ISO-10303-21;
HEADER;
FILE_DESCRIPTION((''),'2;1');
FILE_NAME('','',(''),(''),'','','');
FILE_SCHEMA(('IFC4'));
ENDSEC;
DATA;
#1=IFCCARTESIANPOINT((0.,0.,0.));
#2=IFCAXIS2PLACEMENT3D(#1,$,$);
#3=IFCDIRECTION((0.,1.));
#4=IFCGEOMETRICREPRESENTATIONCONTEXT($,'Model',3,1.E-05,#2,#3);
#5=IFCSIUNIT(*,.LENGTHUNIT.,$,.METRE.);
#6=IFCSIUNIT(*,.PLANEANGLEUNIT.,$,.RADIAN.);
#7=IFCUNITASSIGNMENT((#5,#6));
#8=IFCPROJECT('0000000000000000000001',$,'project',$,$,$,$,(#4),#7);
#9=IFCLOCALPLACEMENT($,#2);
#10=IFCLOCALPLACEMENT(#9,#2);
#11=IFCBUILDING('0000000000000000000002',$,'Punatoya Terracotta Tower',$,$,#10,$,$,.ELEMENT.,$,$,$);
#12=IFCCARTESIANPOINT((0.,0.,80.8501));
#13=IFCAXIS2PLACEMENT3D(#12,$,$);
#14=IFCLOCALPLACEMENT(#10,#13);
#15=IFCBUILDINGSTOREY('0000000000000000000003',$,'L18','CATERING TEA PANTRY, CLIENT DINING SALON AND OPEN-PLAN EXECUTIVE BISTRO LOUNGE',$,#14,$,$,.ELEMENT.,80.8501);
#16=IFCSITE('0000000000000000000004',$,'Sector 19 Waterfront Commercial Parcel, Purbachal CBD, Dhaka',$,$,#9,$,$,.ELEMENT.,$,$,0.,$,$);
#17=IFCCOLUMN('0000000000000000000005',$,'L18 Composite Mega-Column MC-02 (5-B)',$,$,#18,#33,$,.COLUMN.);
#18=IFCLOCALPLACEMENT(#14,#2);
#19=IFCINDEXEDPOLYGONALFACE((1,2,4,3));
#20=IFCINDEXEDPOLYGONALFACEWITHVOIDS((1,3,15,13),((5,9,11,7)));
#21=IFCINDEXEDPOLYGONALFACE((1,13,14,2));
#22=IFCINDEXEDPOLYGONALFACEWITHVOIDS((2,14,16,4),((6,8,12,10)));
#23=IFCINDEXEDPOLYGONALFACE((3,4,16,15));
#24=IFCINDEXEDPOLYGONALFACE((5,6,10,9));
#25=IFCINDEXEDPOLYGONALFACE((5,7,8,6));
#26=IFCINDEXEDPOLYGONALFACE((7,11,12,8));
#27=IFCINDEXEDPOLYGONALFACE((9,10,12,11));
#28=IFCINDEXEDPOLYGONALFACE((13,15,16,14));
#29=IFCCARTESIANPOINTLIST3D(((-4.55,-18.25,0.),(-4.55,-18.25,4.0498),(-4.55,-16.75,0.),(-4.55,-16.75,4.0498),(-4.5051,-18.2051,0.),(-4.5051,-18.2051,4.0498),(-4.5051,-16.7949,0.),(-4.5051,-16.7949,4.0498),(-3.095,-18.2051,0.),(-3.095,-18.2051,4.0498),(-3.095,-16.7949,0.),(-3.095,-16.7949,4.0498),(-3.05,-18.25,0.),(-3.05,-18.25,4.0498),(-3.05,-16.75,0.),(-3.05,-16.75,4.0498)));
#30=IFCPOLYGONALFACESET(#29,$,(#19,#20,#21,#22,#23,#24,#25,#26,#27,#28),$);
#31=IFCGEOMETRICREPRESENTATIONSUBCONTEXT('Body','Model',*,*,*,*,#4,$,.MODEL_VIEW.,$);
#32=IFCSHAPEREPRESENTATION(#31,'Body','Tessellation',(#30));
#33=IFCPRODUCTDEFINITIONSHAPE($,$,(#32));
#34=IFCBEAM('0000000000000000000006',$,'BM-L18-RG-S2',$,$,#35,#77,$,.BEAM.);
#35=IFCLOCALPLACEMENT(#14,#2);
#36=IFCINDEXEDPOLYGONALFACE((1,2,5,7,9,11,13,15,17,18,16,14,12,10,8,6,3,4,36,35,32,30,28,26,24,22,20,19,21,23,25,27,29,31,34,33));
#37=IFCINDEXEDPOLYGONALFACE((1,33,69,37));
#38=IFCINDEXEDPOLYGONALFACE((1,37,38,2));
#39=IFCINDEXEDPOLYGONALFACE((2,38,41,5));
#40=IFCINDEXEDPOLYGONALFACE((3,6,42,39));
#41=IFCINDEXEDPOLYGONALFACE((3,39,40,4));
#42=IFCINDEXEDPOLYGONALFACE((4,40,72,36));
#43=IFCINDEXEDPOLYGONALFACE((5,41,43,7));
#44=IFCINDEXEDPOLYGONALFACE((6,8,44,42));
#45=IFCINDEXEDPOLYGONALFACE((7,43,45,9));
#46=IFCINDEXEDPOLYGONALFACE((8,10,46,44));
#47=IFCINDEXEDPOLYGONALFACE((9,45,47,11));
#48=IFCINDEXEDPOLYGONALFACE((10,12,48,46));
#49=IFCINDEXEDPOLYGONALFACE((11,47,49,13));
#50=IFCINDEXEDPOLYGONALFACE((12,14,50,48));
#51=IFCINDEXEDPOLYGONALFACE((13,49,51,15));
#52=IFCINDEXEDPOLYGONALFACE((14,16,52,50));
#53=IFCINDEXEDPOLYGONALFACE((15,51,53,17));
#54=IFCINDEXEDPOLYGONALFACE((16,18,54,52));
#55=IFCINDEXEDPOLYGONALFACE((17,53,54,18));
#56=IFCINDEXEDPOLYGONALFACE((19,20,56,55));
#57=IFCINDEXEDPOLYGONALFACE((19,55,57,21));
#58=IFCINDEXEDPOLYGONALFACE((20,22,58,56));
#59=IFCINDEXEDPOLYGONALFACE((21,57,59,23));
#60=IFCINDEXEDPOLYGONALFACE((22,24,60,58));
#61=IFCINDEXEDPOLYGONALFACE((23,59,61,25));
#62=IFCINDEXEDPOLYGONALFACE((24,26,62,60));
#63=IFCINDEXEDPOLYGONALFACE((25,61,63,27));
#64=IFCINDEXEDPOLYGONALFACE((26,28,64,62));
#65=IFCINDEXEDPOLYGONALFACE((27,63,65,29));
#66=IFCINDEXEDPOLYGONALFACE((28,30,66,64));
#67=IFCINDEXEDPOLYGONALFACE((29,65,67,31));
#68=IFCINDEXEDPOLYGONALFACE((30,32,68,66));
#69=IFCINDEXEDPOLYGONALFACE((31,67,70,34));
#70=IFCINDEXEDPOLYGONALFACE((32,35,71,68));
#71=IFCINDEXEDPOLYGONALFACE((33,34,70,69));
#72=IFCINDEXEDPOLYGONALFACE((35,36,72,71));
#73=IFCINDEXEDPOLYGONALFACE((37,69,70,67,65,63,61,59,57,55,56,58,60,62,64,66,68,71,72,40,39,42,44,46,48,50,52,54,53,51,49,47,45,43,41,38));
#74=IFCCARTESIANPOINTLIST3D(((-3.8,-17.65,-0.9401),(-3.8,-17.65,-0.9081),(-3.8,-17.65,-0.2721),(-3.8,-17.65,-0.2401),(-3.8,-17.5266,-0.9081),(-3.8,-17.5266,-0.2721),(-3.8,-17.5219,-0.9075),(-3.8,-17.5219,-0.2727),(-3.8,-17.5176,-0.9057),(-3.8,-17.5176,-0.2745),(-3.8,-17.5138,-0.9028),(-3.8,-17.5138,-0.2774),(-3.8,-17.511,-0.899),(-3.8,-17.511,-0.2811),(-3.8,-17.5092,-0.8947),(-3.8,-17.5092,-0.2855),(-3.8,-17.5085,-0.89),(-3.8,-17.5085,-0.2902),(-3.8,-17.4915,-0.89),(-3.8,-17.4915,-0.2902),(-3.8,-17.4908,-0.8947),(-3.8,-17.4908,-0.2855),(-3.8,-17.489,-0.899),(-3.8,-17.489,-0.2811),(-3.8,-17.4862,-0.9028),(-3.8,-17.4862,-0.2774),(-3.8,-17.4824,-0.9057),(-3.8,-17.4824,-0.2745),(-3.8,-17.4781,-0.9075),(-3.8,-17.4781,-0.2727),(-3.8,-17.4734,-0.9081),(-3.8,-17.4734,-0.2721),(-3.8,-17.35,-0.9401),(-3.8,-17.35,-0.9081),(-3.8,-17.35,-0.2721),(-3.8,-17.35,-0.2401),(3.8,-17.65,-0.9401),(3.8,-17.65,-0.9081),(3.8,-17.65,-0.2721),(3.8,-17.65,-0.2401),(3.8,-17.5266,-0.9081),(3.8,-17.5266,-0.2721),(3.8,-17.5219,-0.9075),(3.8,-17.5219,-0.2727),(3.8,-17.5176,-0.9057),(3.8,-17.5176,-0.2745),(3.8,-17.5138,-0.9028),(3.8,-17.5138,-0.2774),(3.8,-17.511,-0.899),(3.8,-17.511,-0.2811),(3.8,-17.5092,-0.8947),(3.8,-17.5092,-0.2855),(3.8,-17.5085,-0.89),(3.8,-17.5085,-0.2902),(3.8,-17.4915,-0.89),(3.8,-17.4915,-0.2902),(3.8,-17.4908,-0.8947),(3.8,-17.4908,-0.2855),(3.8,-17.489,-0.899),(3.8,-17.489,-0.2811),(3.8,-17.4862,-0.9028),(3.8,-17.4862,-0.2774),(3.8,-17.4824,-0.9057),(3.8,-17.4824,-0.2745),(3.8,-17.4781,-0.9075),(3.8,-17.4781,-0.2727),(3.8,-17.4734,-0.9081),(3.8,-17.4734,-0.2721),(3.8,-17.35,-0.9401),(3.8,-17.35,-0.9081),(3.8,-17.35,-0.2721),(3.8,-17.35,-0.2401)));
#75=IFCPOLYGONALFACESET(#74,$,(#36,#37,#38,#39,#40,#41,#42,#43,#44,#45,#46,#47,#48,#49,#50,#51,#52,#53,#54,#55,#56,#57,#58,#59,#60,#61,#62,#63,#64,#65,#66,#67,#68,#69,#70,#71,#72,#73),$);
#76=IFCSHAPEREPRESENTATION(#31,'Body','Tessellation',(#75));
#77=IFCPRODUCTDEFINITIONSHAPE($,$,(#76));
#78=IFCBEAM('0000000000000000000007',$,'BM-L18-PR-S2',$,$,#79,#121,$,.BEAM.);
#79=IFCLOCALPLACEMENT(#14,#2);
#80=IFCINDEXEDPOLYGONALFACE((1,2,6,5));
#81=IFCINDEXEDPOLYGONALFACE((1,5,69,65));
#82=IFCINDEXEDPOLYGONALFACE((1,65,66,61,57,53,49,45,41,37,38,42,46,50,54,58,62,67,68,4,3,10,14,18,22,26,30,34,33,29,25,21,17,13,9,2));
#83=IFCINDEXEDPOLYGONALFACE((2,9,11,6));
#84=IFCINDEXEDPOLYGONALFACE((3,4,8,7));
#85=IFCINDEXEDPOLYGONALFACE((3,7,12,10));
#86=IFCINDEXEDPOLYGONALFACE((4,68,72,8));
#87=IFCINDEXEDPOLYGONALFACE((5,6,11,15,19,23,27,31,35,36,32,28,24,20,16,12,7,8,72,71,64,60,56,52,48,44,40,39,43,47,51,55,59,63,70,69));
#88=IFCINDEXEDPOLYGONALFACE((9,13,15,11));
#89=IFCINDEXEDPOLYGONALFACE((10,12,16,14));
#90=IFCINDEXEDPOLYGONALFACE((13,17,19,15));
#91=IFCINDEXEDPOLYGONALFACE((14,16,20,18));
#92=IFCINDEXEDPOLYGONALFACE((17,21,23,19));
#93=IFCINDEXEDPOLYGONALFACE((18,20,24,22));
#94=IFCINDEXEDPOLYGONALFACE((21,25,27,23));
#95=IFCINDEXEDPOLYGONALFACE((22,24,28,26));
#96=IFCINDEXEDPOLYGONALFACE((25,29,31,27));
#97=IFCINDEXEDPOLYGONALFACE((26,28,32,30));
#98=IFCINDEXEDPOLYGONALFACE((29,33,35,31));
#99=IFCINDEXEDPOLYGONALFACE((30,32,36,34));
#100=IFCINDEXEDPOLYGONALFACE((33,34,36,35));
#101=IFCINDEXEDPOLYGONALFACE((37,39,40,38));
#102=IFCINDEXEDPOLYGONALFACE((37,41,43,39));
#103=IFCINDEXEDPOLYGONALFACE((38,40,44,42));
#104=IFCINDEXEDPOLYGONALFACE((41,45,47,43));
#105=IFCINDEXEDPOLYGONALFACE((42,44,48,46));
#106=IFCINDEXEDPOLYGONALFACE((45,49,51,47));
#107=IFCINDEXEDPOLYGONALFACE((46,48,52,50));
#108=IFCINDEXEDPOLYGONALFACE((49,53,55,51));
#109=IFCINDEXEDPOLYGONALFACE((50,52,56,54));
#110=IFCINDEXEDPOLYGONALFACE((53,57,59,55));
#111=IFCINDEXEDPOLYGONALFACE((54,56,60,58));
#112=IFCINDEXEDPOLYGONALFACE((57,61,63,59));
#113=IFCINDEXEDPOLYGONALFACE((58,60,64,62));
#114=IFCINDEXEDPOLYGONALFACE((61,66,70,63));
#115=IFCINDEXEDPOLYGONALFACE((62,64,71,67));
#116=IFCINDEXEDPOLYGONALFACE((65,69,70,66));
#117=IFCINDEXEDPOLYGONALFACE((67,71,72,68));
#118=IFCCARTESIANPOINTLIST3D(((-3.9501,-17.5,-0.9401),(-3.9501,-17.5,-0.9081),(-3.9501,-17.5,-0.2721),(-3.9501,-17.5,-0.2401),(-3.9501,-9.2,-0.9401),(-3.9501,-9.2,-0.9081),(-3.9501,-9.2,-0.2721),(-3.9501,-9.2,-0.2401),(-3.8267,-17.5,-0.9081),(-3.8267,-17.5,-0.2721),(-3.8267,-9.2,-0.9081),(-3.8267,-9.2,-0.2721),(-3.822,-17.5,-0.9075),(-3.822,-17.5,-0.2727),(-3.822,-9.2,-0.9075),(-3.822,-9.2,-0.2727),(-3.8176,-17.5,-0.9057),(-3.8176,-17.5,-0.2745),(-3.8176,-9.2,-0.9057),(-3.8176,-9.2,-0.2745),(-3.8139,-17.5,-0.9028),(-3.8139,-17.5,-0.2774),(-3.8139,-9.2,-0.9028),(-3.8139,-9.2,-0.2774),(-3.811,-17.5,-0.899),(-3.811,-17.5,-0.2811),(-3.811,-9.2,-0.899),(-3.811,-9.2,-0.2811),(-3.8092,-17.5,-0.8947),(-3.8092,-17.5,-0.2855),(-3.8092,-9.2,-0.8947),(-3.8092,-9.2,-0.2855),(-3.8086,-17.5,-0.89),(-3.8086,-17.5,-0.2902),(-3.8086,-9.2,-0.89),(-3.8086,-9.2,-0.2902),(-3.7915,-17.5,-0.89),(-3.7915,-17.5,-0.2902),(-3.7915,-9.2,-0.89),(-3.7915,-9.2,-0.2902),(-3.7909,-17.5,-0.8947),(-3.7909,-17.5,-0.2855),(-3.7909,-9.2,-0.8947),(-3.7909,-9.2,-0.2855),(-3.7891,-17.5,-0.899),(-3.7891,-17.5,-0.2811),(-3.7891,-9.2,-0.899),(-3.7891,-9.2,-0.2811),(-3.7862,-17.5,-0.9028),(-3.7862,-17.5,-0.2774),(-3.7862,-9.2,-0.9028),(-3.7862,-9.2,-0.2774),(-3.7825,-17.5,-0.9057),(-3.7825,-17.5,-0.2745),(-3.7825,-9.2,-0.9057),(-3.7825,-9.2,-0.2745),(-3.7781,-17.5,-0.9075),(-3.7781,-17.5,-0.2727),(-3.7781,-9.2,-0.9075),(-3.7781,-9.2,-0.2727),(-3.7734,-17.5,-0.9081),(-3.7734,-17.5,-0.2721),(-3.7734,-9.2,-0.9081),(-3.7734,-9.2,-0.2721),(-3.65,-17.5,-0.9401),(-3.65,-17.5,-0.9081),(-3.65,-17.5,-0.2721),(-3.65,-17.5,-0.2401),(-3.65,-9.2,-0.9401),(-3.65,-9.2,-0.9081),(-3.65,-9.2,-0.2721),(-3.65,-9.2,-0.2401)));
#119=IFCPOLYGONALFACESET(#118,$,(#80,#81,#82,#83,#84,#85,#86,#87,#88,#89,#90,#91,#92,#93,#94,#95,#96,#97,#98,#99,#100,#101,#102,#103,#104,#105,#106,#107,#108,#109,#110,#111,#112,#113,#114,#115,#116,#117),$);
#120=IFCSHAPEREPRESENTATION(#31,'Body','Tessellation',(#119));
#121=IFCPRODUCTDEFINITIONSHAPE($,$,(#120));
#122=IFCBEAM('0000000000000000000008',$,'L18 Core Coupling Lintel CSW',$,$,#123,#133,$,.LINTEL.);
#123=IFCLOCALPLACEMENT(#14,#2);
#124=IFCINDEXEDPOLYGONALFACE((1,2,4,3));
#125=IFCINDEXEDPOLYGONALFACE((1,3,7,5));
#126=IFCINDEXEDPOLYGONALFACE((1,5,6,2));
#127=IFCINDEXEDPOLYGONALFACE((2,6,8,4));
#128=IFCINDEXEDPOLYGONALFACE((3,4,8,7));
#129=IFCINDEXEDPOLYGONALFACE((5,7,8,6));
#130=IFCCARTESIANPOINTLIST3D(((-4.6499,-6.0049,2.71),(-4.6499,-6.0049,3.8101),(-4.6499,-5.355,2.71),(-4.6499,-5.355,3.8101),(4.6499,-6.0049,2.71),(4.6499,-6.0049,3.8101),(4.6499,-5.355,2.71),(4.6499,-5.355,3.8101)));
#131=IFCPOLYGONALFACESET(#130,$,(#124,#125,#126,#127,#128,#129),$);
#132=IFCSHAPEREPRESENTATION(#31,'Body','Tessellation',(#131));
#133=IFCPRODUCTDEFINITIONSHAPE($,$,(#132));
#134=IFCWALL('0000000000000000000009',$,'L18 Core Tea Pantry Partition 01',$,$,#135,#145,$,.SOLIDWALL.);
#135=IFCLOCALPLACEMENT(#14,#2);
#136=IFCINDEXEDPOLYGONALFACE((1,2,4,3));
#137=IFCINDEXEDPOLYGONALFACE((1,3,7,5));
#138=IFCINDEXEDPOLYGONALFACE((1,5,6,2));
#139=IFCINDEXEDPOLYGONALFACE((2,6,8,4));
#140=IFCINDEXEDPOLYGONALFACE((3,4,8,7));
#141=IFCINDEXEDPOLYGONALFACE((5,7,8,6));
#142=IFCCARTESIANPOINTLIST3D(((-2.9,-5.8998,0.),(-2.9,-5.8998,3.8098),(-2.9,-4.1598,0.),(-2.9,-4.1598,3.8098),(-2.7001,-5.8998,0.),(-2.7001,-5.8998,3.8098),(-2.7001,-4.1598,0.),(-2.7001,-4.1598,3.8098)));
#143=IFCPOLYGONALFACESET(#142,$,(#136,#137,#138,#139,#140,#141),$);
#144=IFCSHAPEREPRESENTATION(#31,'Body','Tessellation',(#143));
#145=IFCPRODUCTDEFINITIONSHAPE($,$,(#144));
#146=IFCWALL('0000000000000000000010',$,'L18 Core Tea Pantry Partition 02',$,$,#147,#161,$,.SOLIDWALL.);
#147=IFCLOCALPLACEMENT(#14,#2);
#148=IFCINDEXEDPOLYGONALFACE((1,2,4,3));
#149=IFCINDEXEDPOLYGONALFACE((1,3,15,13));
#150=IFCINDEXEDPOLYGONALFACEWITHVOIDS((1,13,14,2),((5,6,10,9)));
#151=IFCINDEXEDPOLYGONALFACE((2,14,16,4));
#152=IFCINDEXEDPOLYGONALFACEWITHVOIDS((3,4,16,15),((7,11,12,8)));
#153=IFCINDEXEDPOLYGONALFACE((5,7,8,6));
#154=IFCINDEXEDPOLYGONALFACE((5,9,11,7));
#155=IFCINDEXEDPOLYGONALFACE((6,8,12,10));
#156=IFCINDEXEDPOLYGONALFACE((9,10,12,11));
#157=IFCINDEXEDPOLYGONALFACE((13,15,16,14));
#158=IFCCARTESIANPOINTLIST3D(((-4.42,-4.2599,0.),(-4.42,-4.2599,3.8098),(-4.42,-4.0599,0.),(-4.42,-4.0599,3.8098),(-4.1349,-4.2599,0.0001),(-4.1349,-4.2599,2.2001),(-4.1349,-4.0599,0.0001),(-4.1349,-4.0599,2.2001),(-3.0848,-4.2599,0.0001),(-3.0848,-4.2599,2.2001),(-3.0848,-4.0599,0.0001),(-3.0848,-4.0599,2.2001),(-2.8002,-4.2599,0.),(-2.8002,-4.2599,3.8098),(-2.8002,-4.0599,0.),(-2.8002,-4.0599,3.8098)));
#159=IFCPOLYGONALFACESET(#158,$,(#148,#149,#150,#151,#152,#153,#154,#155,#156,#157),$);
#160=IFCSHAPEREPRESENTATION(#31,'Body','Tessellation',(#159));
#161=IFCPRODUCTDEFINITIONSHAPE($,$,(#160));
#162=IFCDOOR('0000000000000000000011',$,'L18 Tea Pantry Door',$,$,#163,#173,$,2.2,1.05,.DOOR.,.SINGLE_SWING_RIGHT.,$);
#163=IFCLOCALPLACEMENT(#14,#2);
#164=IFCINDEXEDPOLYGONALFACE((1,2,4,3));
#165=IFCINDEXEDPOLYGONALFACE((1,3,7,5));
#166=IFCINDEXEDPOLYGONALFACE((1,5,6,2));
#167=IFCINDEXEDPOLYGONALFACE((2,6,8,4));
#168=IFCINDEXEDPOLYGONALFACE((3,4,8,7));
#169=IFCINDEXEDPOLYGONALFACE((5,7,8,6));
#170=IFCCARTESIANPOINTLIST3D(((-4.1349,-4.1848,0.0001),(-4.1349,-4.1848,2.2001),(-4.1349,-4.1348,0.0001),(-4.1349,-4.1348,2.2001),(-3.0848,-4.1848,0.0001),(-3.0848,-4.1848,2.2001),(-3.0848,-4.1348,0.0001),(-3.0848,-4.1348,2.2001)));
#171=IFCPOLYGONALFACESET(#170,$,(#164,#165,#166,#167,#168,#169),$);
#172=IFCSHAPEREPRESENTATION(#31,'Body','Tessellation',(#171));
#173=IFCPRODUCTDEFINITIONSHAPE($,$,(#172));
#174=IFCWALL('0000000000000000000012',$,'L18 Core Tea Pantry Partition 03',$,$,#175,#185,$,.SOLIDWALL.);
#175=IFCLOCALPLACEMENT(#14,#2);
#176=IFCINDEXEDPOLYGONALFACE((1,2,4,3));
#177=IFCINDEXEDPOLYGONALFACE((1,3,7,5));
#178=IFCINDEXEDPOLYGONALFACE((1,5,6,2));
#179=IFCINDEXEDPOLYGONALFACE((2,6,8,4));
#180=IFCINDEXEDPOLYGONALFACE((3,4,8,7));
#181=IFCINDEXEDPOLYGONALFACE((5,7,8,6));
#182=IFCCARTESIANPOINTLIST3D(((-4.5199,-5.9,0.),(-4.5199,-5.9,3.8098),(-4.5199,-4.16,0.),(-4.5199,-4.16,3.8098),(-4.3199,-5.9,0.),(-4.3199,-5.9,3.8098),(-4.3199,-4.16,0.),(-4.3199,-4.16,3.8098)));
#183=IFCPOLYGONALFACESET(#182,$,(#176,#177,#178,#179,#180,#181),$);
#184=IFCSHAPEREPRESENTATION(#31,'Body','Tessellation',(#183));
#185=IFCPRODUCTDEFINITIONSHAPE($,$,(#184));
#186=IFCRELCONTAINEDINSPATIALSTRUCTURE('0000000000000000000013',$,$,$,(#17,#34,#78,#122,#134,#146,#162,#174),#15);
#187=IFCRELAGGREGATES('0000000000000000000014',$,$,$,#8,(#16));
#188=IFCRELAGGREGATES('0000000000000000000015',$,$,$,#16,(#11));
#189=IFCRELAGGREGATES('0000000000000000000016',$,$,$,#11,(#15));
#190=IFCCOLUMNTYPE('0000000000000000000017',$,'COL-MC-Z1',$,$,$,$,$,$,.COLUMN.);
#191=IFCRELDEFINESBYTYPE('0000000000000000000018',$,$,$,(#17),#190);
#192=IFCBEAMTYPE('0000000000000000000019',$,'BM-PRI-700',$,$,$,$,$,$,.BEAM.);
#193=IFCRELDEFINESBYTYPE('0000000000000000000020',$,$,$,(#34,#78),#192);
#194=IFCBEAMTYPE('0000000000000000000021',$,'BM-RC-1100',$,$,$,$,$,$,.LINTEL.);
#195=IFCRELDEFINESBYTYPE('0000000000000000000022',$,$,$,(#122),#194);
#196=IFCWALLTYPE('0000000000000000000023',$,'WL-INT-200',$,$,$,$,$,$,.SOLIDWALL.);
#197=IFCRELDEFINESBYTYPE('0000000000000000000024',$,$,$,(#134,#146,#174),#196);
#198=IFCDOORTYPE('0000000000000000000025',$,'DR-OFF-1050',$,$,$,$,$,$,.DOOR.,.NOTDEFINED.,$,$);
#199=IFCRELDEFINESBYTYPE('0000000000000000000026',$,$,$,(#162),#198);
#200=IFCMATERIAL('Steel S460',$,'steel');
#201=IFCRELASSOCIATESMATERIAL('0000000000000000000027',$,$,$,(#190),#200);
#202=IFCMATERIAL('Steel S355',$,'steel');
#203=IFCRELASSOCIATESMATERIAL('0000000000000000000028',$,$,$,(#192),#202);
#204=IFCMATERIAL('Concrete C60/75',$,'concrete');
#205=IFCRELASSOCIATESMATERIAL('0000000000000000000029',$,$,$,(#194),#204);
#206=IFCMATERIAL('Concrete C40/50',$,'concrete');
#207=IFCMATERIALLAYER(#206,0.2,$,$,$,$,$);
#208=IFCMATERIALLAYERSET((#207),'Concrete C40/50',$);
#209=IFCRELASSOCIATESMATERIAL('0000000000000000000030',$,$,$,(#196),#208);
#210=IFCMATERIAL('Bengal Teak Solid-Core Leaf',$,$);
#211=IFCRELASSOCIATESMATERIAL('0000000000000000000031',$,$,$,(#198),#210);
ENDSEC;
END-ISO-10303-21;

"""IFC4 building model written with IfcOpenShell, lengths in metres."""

from ifc_helpers import new_model, si_unit, direction, frame, frame_2d, origin, origin_2d, place, context, subcontext, project, spatial, rectangle, hollow_rectangle, i_section, extrude, material, layer, layer_set, material_profile, profile_set, type_object, element, fill, save


model = new_model("IFC4")

# Units and contexts
model_context = context("Model", 3, precision=1e-05, world=origin(), true_north=direction((0.0, 1.0)))
body_context = subcontext(model_context, "Body", "Model", "MODEL_VIEW")
ifc_project = project(units=[si_unit("LENGTHUNIT", "METRE"), si_unit("PLANEANGLEUNIT", "RADIAN")], contexts=[model_context])

# Site, building, storey
site_placement = place(None, origin())
site = spatial("IfcSite", under=ifc_project, at=site_placement, Name="Sector 19 Waterfront Commercial Parcel, Purbachal CBD, Dhaka", CompositionType="ELEMENT", RefElevation=0.0)
building_placement = place(site_placement, origin())
building = spatial("IfcBuilding", under=site, at=building_placement, Name="Punatoya Terracotta Tower", CompositionType="ELEMENT")
storey_placement = place(building_placement, frame((0.0, 0.0, 80.8501)))
storey = spatial("IfcBuildingStorey", under=building, at=storey_placement, Name="L18", Description="CATERING TEA PANTRY, CLIENT DINING SALON AND OPEN-PLAN EXECUTIVE BISTRO LOUNGE", CompositionType="ELEMENT", Elevation=80.8501)

# Column
ifc_material_1 = material(Name="Steel S460", Category="steel")
ifc_material_profile_1 = material_profile(ifc_material_1, hollow_rectangle(XDim=1.5, YDim=1.5, WallThickness=0.0449, at=origin_2d()))
ifc_profile_set_1 = profile_set([ifc_material_profile_1], Name="Steel S460")
column_type = type_object("IfcColumnType", Name="COL-MC-Z1", PredefinedType="COLUMN", material=ifc_profile_set_1)
column_placement = place(storey_placement, frame((-3.8, -17.5, 0.0), z_axis=(0.0, 0.0, 1.0), x_axis=(1.0, 0.0, 0.0)))
element("IfcColumn", 1, at=column_placement, inside=storey, type_object=column_type, Name="L18 Composite Mega-Column MC-02 (5-B)", PredefinedType="COLUMN", context=body_context, shape_type="SweptSolid", body=[
    extrude(hollow_rectangle(XDim=1.5, YDim=1.5, WallThickness=0.0449, at=origin_2d()), origin(), (0.0, 0.0, 1.0), 4.0498),
])

# Beams
ifc_material_2 = material(Name="Steel S355", Category="steel")
ifc_material_profile_2 = material_profile(ifc_material_2, i_section(OverallWidth=0.3, OverallDepth=0.7, WebThickness=0.0171, FlangeThickness=0.032, FilletRadius=0.0181, at=origin_2d()))
ifc_profile_set_2 = profile_set([ifc_material_profile_2], Name="Steel S355")
beam_type_1 = type_object("IfcBeamType", Name="BM-PRI-700", PredefinedType="BEAM", material=ifc_profile_set_2)
beam_1_placement = place(storey_placement, frame((-3.8, -17.5, -0.5901), z_axis=(1.0, 0.0, 0.0), x_axis=(0.0, 1.0, 0.0)))
element("IfcBeam", 2, at=beam_1_placement, inside=storey, type_object=beam_type_1, Name="BM-L18-RG-S2", PredefinedType="BEAM", context=body_context, shape_type="SweptSolid", body=[
    extrude(i_section(OverallWidth=0.3, OverallDepth=0.7, WebThickness=0.0171, FlangeThickness=0.032, FilletRadius=0.0181, at=origin_2d()), origin(), (0.0, 0.0, 1.0), 7.6001),
])
beam_2_placement = place(storey_placement, frame((-3.8, -17.5, -0.5901), z_axis=(0.0, 1.0, 0.0), x_axis=(-1.0, 0.0, 0.0)))
element("IfcBeam", 3, at=beam_2_placement, inside=storey, type_object=beam_type_1, Name="BM-L18-PR-S2", PredefinedType="BEAM", context=body_context, shape_type="SweptSolid", body=[
    extrude(i_section(OverallWidth=0.3, OverallDepth=0.7, WebThickness=0.0171, FlangeThickness=0.032, FilletRadius=0.0181, at=origin_2d()), origin(), (0.0, 0.0, 1.0), 8.3),
])
ifc_material_3 = material(Name="Concrete C60/75", Category="concrete")
ifc_material_profile_3 = material_profile(ifc_material_3, rectangle(XDim=0.6499, YDim=1.1001, at=origin_2d()))
ifc_profile_set_3 = profile_set([ifc_material_profile_3], Name="Concrete C60/75")
beam_type_2 = type_object("IfcBeamType", Name="BM-RC-1100", PredefinedType="LINTEL", material=ifc_profile_set_3)
beam_3_placement = place(storey_placement, frame((-4.6499, -5.6799, 3.26), z_axis=(1.0, 0.0, 0.0), x_axis=(0.0, 1.0, 0.0)))
element("IfcBeam", 4, at=beam_3_placement, inside=storey, type_object=beam_type_2, Name="L18 Core Coupling Lintel CSW", PredefinedType="LINTEL", context=body_context, shape_type="SweptSolid", body=[
    extrude(rectangle(XDim=0.6499, YDim=1.1001, at=origin_2d()), origin(), (0.0, 0.0, 1.0), 9.2998),
])

# Wall
ifc_material_4 = material(Name="Concrete C40/50", Category="concrete")
ifc_layer_1 = layer(ifc_material_4, 0.2)
ifc_layer_set_1 = layer_set([ifc_layer_1], Name="Concrete C40/50")
wall_type_1 = type_object("IfcWallType", Name="WL-INT-200", PredefinedType="SOLIDWALL", material=ifc_layer_set_1)
wall_1_placement = place(storey_placement, frame((-2.8, -5.8999, 0.0), z_axis=(0.0, 0.0, 1.0), x_axis=(0.0, 1.0, 0.0)))
element("IfcWall", 5, at=wall_1_placement, inside=storey, type_object=wall_type_1, Name="L18 Core Tea Pantry Partition 01", PredefinedType="SOLIDWALL", context=body_context, shape_type="SweptSolid", body=[
    extrude(rectangle(XDim=1.74, YDim=0.2, at=frame_2d((0.8701, 0.0))), origin(), (0.0, 0.0, 1.0), 3.8098),
])

# Wall, opening, door
wall_2_placement = place(storey_placement, frame((-2.8, -4.1599, 0.0), z_axis=(0.0, 0.0, 1.0), x_axis=(-1.0, 0.0, 0.0)))
wall_2 = element("IfcWall", 6, at=wall_2_placement, inside=storey, type_object=wall_type_1, Name="L18 Core Tea Pantry Partition 02", PredefinedType="SOLIDWALL", context=body_context, shape_type="SweptSolid", body=[
    extrude(rectangle(XDim=1.6199, YDim=0.2, at=frame_2d((0.8101, 0.0))), origin(), (0.0, 0.0, 1.0), 3.8098),
])
opening_1_placement = place(wall_2_placement, frame((0.2849, 0.0, 0.0)))
opening_1 = element("IfcOpeningElement", 7, at=opening_1_placement, cuts=wall_2, PredefinedType="OPENING", context=body_context, shape_type="SweptSolid", body=[
    extrude(rectangle(XDim=1.05, YDim=2.2, at=frame_2d((0.5249, 1.1001))), frame((0.0, 0.1099, 0.0), z_axis=(0.0, -1.0, 0.0), x_axis=(1.0, 0.0, 0.0)), (0.0, 0.0, 1.0), 0.22),
])
ifc_material_5 = material(Name="Bengal Teak Solid-Core Leaf")
door_type_1 = type_object("IfcDoorType", Name="DR-OFF-1050", OperationType="NOTDEFINED", PredefinedType="DOOR", material=ifc_material_5)
door_1_placement = place(opening_1_placement, origin())
door_1 = element("IfcDoor", 8, at=door_1_placement, inside=storey, type_object=door_type_1, Name="L18 Tea Pantry Door", OperationType="SINGLE_SWING_RIGHT", OverallHeight=2.2, OverallWidth=1.05, PredefinedType="DOOR", context=body_context, shape_type="SweptSolid", body=[
    extrude(rectangle(XDim=1.05, YDim=2.2, at=frame_2d((0.5249, 1.1001))), frame((0.0, 0.0249, 0.0), z_axis=(0.0, -1.0, 0.0), x_axis=(1.0, 0.0, 0.0)), (0.0, 0.0, 1.0), 0.05),
])
fill(opening_1, door_1)

# Wall
for number, where, z_axis, x_axis, name in (
    (9, (-4.4199, -4.1599, 0.0), (0.0, 0.0, 1.0), (0.0, -1.0, 0.0), "L18 Core Tea Pantry Partition 03"),
):
    element("IfcWall", number, at=place(storey_placement, frame(where, z_axis=z_axis, x_axis=x_axis)), inside=storey, type_object=wall_type_1, Name=name, PredefinedType="SOLIDWALL", context=body_context, shape_type="SweptSolid", body=[
        extrude(rectangle(XDim=1.74, YDim=0.2, at=frame_2d((0.8701, 0.0))), origin(), (0.0, 0.0, 1.0), 3.8098),
    ])

save(model, "model.ifc")
